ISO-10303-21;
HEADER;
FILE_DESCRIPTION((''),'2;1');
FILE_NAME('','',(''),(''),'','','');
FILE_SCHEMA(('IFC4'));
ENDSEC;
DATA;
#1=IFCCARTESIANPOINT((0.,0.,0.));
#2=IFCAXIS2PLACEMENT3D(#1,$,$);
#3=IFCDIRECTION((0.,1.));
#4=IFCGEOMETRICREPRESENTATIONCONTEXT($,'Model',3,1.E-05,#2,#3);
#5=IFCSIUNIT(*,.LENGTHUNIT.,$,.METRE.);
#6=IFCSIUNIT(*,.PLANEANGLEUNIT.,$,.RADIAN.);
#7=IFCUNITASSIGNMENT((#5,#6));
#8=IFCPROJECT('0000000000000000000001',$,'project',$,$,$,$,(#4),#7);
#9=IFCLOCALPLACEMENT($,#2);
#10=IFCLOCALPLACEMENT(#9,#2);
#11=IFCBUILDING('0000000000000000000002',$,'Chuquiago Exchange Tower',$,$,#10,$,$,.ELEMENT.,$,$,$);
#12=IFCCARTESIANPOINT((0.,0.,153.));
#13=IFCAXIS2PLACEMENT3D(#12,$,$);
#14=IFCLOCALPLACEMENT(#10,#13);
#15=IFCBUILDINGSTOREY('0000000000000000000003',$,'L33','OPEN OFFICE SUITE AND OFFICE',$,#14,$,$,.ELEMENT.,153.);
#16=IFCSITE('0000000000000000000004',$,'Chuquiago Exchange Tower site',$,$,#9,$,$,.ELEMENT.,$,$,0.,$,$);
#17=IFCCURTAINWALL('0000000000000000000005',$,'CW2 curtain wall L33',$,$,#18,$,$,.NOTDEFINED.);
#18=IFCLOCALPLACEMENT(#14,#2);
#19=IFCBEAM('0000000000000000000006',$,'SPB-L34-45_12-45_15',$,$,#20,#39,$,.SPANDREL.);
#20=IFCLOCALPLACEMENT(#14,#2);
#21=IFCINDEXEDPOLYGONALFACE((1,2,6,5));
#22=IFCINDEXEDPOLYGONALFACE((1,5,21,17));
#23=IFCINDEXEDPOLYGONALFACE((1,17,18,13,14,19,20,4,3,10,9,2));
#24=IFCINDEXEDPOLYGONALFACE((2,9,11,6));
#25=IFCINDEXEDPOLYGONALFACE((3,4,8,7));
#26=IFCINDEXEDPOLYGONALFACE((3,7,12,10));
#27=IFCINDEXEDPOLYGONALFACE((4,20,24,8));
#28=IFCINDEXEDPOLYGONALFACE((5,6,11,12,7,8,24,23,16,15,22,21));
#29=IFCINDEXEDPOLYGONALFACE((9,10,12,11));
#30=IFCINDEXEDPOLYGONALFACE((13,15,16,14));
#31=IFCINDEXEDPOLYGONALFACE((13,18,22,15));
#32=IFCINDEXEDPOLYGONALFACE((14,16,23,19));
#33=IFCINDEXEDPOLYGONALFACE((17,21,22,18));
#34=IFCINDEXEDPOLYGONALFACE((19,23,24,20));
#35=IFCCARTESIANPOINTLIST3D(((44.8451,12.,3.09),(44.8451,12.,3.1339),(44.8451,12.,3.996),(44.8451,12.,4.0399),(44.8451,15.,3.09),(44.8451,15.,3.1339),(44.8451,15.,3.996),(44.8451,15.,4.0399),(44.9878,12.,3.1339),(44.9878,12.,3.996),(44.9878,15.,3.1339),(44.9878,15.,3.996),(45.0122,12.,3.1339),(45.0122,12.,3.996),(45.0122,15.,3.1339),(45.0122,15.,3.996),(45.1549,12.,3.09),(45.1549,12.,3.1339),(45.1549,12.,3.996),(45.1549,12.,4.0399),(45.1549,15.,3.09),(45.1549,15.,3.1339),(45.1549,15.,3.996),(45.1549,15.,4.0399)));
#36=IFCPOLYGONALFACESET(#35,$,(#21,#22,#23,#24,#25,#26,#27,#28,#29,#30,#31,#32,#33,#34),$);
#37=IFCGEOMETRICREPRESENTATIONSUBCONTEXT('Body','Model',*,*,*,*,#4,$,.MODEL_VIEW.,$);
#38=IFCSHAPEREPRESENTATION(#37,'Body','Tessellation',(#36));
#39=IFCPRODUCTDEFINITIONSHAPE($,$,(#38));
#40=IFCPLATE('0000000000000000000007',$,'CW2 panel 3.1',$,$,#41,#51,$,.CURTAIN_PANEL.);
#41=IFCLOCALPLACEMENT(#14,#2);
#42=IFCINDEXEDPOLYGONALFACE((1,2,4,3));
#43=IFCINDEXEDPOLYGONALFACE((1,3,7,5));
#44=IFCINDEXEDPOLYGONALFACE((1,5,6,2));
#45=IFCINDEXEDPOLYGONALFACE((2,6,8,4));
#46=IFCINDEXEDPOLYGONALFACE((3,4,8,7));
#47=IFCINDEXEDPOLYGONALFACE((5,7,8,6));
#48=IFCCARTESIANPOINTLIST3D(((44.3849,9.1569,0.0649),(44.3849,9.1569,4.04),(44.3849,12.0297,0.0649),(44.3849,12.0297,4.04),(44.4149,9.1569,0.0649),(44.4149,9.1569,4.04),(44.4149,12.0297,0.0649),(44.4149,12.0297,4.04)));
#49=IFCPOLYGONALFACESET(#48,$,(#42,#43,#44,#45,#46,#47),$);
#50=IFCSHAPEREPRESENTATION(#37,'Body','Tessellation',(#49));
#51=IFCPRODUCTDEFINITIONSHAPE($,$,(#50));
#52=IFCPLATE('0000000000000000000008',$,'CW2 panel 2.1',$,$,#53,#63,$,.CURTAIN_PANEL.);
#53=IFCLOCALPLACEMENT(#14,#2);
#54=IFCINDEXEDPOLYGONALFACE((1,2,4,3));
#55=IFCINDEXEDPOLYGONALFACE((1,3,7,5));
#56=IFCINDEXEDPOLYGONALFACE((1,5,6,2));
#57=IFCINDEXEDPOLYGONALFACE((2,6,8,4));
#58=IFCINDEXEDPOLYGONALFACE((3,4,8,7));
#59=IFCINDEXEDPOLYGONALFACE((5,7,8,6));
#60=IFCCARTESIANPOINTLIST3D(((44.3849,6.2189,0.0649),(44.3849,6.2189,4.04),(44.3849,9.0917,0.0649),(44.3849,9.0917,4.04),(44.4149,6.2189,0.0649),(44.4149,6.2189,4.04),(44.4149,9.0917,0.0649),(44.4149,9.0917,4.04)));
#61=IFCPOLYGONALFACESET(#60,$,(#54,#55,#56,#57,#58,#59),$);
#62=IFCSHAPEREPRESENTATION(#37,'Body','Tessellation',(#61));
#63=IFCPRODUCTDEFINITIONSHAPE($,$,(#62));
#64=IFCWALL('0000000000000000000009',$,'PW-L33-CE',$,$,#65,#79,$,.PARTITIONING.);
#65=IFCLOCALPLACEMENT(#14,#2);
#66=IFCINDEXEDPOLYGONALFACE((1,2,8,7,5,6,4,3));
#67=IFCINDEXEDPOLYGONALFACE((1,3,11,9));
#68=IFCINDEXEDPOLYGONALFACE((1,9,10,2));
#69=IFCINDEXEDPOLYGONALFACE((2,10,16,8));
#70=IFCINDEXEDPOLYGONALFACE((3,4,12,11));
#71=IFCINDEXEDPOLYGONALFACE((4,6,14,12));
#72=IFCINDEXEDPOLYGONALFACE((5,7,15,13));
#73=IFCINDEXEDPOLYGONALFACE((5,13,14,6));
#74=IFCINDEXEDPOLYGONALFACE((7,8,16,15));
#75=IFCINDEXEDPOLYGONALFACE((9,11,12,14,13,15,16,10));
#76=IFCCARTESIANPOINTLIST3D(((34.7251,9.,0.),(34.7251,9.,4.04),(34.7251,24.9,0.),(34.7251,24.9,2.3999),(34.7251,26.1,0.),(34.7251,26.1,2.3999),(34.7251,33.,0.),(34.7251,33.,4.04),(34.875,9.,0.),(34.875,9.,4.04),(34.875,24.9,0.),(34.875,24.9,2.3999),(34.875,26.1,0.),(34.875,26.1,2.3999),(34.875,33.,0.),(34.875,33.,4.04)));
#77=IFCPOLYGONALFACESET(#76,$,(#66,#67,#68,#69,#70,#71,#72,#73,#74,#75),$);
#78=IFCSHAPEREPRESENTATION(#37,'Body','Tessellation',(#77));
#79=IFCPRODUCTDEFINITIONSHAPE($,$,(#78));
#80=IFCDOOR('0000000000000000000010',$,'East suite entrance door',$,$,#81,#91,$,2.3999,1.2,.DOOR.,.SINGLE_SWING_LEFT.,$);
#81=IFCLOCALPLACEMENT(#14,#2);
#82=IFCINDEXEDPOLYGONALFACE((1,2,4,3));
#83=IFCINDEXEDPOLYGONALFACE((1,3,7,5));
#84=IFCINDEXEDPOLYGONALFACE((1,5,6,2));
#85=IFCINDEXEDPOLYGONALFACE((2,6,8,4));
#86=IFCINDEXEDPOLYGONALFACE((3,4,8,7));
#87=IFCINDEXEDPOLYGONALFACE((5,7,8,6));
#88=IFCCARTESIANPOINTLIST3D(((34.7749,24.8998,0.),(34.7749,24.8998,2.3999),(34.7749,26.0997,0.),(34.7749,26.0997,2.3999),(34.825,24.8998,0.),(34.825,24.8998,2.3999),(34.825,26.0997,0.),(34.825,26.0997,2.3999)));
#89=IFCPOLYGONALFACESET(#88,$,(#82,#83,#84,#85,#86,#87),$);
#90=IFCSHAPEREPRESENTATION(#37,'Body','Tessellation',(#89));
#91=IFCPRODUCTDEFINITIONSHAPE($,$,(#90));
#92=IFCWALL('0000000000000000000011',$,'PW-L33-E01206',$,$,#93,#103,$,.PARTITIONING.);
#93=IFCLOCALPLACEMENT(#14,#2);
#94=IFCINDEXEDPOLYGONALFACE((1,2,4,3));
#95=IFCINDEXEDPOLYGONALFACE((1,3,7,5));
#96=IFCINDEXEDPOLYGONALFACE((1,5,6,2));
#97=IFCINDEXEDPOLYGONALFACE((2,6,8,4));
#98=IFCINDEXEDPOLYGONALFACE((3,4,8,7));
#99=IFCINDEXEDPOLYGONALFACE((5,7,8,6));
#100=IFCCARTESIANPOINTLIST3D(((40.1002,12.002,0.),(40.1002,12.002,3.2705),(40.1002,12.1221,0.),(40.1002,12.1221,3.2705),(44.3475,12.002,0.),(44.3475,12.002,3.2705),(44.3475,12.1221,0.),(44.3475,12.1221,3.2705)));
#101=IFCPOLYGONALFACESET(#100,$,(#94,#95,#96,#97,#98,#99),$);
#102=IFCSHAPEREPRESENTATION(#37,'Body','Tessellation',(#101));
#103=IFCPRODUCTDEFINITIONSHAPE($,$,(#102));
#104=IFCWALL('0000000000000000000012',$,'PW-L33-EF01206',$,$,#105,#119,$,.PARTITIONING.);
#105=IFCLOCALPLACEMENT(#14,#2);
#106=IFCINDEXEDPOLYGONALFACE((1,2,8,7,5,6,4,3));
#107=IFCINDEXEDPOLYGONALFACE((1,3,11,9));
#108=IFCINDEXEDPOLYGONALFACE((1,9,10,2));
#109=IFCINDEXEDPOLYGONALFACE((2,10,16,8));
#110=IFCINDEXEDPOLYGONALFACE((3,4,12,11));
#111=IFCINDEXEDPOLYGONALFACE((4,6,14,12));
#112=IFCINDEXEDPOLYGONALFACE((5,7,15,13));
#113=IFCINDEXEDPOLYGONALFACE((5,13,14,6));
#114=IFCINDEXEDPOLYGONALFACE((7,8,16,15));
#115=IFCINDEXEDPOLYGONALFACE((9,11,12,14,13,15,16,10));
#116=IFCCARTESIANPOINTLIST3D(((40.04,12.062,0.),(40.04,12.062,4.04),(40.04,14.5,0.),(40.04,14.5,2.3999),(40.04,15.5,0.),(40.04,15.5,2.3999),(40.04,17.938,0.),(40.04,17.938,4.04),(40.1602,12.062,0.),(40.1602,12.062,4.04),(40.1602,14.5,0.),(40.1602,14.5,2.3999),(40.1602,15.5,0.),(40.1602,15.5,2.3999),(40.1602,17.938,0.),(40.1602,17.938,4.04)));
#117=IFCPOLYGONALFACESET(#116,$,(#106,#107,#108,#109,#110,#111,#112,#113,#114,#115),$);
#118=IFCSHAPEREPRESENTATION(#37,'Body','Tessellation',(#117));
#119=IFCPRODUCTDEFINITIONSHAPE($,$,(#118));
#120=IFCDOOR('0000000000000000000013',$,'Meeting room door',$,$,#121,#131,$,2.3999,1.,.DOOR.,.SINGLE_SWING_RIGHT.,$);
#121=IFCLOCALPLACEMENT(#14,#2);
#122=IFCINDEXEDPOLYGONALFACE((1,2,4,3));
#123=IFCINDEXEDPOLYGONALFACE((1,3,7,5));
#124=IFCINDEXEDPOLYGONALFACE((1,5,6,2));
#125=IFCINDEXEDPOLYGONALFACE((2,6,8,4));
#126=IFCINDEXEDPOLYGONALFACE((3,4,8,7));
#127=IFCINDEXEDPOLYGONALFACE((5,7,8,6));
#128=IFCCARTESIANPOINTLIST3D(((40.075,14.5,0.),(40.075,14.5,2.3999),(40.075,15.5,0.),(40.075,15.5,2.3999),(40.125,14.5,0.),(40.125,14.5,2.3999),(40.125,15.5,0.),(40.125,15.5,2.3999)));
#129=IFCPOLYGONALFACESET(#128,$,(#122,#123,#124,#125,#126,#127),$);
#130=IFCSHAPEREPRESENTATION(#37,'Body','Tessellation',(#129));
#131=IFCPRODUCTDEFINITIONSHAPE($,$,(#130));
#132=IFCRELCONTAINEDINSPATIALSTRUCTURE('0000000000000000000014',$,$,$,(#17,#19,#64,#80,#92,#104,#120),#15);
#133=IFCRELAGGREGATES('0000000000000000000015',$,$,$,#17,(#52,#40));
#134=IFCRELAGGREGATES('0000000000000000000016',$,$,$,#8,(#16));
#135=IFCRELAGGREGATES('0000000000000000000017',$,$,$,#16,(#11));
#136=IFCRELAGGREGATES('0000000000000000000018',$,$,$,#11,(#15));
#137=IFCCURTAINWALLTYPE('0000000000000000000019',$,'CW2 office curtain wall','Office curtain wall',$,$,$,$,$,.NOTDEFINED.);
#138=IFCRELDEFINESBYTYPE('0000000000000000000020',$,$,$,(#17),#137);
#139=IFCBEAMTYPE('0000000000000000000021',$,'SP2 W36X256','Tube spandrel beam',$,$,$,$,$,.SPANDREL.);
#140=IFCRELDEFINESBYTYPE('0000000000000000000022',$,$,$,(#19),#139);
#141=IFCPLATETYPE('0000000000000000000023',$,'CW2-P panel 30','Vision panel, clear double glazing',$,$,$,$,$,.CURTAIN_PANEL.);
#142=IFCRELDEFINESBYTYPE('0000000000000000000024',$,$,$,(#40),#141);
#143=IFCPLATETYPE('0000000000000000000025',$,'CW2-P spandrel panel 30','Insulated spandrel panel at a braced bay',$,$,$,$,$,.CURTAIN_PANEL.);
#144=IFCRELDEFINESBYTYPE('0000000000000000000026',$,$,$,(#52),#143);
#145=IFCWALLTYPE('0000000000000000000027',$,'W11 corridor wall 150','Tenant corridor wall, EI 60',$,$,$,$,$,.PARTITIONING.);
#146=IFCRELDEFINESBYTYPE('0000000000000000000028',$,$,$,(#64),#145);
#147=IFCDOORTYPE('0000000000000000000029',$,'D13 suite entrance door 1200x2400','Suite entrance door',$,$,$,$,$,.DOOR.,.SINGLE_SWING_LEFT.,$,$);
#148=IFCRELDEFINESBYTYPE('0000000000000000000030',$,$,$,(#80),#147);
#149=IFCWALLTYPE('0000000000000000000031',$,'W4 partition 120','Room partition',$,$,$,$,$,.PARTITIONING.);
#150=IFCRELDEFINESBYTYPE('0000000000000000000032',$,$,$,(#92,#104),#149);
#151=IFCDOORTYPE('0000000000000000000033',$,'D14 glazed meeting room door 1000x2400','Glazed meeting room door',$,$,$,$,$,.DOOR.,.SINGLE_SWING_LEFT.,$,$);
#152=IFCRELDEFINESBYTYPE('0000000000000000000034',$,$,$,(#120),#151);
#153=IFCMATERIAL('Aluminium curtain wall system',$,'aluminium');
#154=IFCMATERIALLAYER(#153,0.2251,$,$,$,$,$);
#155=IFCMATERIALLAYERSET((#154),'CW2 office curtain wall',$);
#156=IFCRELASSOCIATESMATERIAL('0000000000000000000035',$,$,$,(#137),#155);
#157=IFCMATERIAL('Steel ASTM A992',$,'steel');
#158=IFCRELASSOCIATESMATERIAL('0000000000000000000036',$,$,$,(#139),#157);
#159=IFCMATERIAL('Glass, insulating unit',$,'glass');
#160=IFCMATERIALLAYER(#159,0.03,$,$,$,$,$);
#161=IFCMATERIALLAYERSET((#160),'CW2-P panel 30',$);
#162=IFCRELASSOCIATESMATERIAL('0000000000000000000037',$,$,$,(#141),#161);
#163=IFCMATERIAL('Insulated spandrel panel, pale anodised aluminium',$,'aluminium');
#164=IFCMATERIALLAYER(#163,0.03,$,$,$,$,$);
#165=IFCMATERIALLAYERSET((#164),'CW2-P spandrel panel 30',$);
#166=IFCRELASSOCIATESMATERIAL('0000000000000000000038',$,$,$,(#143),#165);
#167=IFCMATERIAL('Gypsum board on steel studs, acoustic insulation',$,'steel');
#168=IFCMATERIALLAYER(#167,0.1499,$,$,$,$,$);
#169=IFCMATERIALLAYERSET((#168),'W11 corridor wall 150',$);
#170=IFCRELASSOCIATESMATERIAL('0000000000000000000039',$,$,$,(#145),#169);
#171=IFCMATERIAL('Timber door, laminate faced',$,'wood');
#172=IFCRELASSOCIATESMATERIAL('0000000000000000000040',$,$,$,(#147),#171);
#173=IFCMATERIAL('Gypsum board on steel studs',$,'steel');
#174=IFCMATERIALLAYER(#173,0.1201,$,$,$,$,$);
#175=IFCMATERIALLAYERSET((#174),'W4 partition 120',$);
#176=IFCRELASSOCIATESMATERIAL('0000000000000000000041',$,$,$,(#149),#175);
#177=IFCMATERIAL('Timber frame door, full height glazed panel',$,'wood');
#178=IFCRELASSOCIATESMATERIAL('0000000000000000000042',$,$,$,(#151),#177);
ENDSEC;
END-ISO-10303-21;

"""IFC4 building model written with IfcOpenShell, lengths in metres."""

from ifc_helpers import new_model, si_unit, direction, frame, frame_2d, origin, origin_2d, place, context, subcontext, project, spatial, rectangle, i_section, extrude, material, layer, layer_set, material_profile, profile_set, type_object, element, fill, aggregate, save


model = new_model("IFC4")

# Units and contexts
model_context = context("Model", 3, precision=1e-05, world=origin(), true_north=direction((0.0, 1.0)))
body_context = subcontext(model_context, "Body", "Model", "MODEL_VIEW")
ifc_project = project(units=[si_unit("LENGTHUNIT", "METRE"), si_unit("PLANEANGLEUNIT", "RADIAN")], contexts=[model_context])

# Site, building, storey
site_placement = place(None, origin())
site = spatial("IfcSite", under=ifc_project, at=site_placement, Name="Chuquiago Exchange Tower site", CompositionType="ELEMENT", RefElevation=0.0)
building_placement = place(site_placement, origin())
building = spatial("IfcBuilding", under=site, at=building_placement, Name="Chuquiago Exchange Tower", CompositionType="ELEMENT")
storey_placement = place(building_placement, frame((0.0, 0.0, 153.0)))
storey = spatial("IfcBuildingStorey", under=building, at=storey_placement, Name="L33", Description="OPEN OFFICE SUITE AND OFFICE", CompositionType="ELEMENT", Elevation=153.0)

# Curtain wall
ifc_material_1 = material(Name="Aluminium curtain wall system", Category="aluminium")
ifc_layer_1 = layer(ifc_material_1, 0.2251)
ifc_layer_set_1 = layer_set([ifc_layer_1], Name="CW2 office curtain wall")
curtain_wall_type = type_object("IfcCurtainWallType", Name="CW2 office curtain wall", Description="Office curtain wall", PredefinedType="NOTDEFINED", material=ifc_layer_set_1)
curtain_wall_placement = place(storey_placement, origin())
curtain_wall = element("IfcCurtainWall", 1, at=curtain_wall_placement, inside=storey, type_object=curtain_wall_type, Name="CW2 curtain wall L33", PredefinedType="NOTDEFINED")

# Beam
ifc_material_2 = material(Name="Steel ASTM A992", Category="steel")
ifc_material_profile_1 = material_profile(ifc_material_2, i_section(OverallWidth=0.3098, OverallDepth=0.95, WebThickness=0.0244, FlangeThickness=0.0439, at=origin_2d()), Name="W36X256")
ifc_profile_set_1 = profile_set([ifc_material_profile_1], Name="Steel ASTM A992")
beam_type = type_object("IfcBeamType", Name="SP2 W36X256", Description="Tube spandrel beam", PredefinedType="SPANDREL", material=ifc_profile_set_1)
for number, where, z_axis, x_axis, name in (
    (2, (45.0, 12.0, 3.5649), (0.0, 1.0, 0.0), (-1.0, 0.0, 0.0), "SPB-L34-45_12-45_15"),
):
    element("IfcBeam", number, at=place(storey_placement, frame(where, z_axis=z_axis, x_axis=x_axis)), inside=storey, type_object=beam_type, Name=name, PredefinedType="SPANDREL", context=body_context, shape_type="SweptSolid", body=[
        extrude(i_section(OverallWidth=0.3098, OverallDepth=0.95, WebThickness=0.0244, FlangeThickness=0.0439, at=origin_2d()), origin(), (0.0, 0.0, 1.0), 3.0),
    ])

# Plates
ifc_material_3 = material(Name="Glass, insulating unit", Category="glass")
ifc_layer_2 = layer(ifc_material_3, 0.03)
ifc_layer_set_2 = layer_set([ifc_layer_2], Name="CW2-P panel 30")
plate_type_1 = type_object("IfcPlateType", Name="CW2-P panel 30", Description="Vision panel, clear double glazing", PredefinedType="CURTAIN_PANEL", material=ifc_layer_set_2)
plate_1_placement = place(storey_placement, frame((44.3999, 10.5933, 0.0649), z_axis=(0.0, 0.0, 1.0), x_axis=(0.0, 1.0, 0.0)))
plate_1 = element("IfcPlate", 3, at=plate_1_placement, type_object=plate_type_1, Name="CW2 panel 3.1", PredefinedType="CURTAIN_PANEL", context=body_context, shape_type="SweptSolid", body=[
    extrude(rectangle(XDim=2.8728, YDim=0.03, at=origin_2d()), origin(), (0.0, 0.0, 1.0), 3.9751),
])
ifc_material_4 = material(Name="Insulated spandrel panel, pale anodised aluminium", Category="aluminium")
ifc_layer_3 = layer(ifc_material_4, 0.03)
ifc_layer_set_3 = layer_set([ifc_layer_3], Name="CW2-P spandrel panel 30")
plate_type_2 = type_object("IfcPlateType", Name="CW2-P spandrel panel 30", Description="Insulated spandrel panel at a braced bay", PredefinedType="CURTAIN_PANEL", material=ifc_layer_set_3)
plate_2_placement = place(storey_placement, frame((44.3999, 7.6553, 0.0649), z_axis=(0.0, 0.0, 1.0), x_axis=(0.0, 1.0, 0.0)))
plate_2 = element("IfcPlate", 4, at=plate_2_placement, type_object=plate_type_2, Name="CW2 panel 2.1", PredefinedType="CURTAIN_PANEL", context=body_context, shape_type="SweptSolid", body=[
    extrude(rectangle(XDim=2.8728, YDim=0.03, at=origin_2d()), origin(), (0.0, 0.0, 1.0), 3.9751),
])
aggregate(curtain_wall, [plate_2, plate_1])

# Wall, opening, door
ifc_material_5 = material(Name="Gypsum board on steel studs, acoustic insulation", Category="steel")
ifc_layer_4 = layer(ifc_material_5, 0.1499)
ifc_layer_set_4 = layer_set([ifc_layer_4], Name="W11 corridor wall 150")
wall_type_1 = type_object("IfcWallType", Name="W11 corridor wall 150", Description="Tenant corridor wall, EI 60", PredefinedType="PARTITIONING", material=ifc_layer_set_4)
wall_1_placement = place(storey_placement, frame((34.8, 9.0, 0.0), z_axis=(0.0, 0.0, 1.0), x_axis=(0.0, 1.0, 0.0)))
wall_1 = element("IfcWall", 5, at=wall_1_placement, inside=storey, type_object=wall_type_1, Name="PW-L33-CE", PredefinedType="PARTITIONING", context=body_context, shape_type="SweptSolid", body=[
    extrude(rectangle(XDim=24.0, YDim=0.1499, at=frame_2d((12.0, 0.0))), origin(), (0.0, 0.0, 1.0), 4.04),
])
opening_1_placement = place(wall_1_placement, frame((15.8999, 0.0, 0.0)))
opening_1 = element("IfcOpeningElement", 6, at=opening_1_placement, cuts=wall_1, PredefinedType="OPENING", context=body_context, shape_type="SweptSolid", body=[
    extrude(rectangle(XDim=1.2, YDim=2.3999, at=frame_2d((0.6001, 1.2))), frame((0.0, 0.085, 0.0), z_axis=(0.0, -1.0, 0.0), x_axis=(1.0, 0.0, 0.0)), (0.0, 0.0, 1.0), 0.1699),
])
ifc_material_6 = material(Name="Timber door, laminate faced", Category="wood")
door_type_1 = type_object("IfcDoorType", Name="D13 suite entrance door 1200x2400", Description="Suite entrance door", OperationType="SINGLE_SWING_LEFT", PredefinedType="DOOR", material=ifc_material_6)
door_1_placement = place(opening_1_placement, frame((1.2, 0.0, 0.0), z_axis=(0.0, 0.0, 1.0), x_axis=(-1.0, 0.0, 0.0)))
door_1 = element("IfcDoor", 7, at=door_1_placement, inside=storey, type_object=door_type_1, Name="East suite entrance door", OperationType="SINGLE_SWING_LEFT", OverallHeight=2.3999, OverallWidth=1.2, PredefinedType="DOOR", context=body_context, shape_type="SweptSolid", body=[
    extrude(rectangle(XDim=1.2, YDim=2.3999, at=frame_2d((0.6001, 1.2))), frame((0.0, 0.0249, 0.0), z_axis=(0.0, -1.0, 0.0), x_axis=(1.0, 0.0, 0.0)), (0.0, 0.0, 1.0), 0.05),
])
fill(opening_1, door_1)

# Wall
ifc_material_7 = material(Name="Gypsum board on steel studs", Category="steel")
ifc_layer_5 = layer(ifc_material_7, 0.1201)
ifc_layer_set_5 = layer_set([ifc_layer_5], Name="W4 partition 120")
wall_type_2 = type_object("IfcWallType", Name="W4 partition 120", Description="Room partition", PredefinedType="PARTITIONING", material=ifc_layer_set_5)
wall_2_placement = place(storey_placement, frame((44.3474, 12.062, 0.0), z_axis=(0.0, 0.0, 1.0), x_axis=(-1.0, 0.0, 0.0)))
element("IfcWall", 8, at=wall_2_placement, inside=storey, type_object=wall_type_2, Name="PW-L33-E01206", PredefinedType="PARTITIONING", context=body_context, shape_type="SweptSolid", body=[
    extrude(rectangle(XDim=4.2473, YDim=0.1201, at=frame_2d((2.1235, 0.0))), origin(), (0.0, 0.0, 1.0), 3.2705),
])

# Wall, opening, door
wall_3_placement = place(storey_placement, frame((40.1001, 12.062, 0.0), z_axis=(0.0, 0.0, 1.0), x_axis=(0.0, 1.0, 0.0)))
wall_3 = element("IfcWall", 9, at=wall_3_placement, inside=storey, type_object=wall_type_2, Name="PW-L33-EF01206", PredefinedType="PARTITIONING", context=body_context, shape_type="SweptSolid", body=[
    extrude(rectangle(XDim=5.876, YDim=0.1201, at=frame_2d((2.938, 0.0))), origin(), (0.0, 0.0, 1.0), 4.04),
])
opening_2_placement = place(wall_3_placement, frame((2.438, 0.0, 0.0)))
opening_2 = element("IfcOpeningElement", 10, at=opening_2_placement, cuts=wall_3, PredefinedType="OPENING", context=body_context, shape_type="SweptSolid", body=[
    extrude(rectangle(XDim=1.0, YDim=2.3999, at=frame_2d((0.5, 1.2))), frame((0.0, 0.0701, 0.0), z_axis=(0.0, -1.0, 0.0), x_axis=(1.0, 0.0, 0.0)), (0.0, 0.0, 1.0), 0.1401),
])
ifc_material_8 = material(Name="Timber frame door, full height glazed panel", Category="wood")
door_type_2 = type_object("IfcDoorType", Name="D14 glazed meeting room door 1000x2400", Description="Glazed meeting room door", OperationType="SINGLE_SWING_LEFT", PredefinedType="DOOR", material=ifc_material_8)
door_2_placement = place(opening_2_placement, frame((1.0, 0.0, 0.0), z_axis=(0.0, 0.0, 1.0), x_axis=(-1.0, 0.0, 0.0)))
door_2 = element("IfcDoor", 11, at=door_2_placement, inside=storey, type_object=door_type_2, Name="Meeting room door", OperationType="SINGLE_SWING_RIGHT", OverallHeight=2.3999, OverallWidth=1.0, PredefinedType="DOOR", context=body_context, shape_type="SweptSolid", body=[
    extrude(rectangle(XDim=1.0, YDim=2.3999, at=frame_2d((0.5, 1.2))), frame((0.0, 0.0249, 0.0), z_axis=(0.0, -1.0, 0.0), x_axis=(1.0, 0.0, 0.0)), (0.0, 0.0, 1.0), 0.05),
])
fill(opening_2, door_2)

save(model, "model.ifc")
